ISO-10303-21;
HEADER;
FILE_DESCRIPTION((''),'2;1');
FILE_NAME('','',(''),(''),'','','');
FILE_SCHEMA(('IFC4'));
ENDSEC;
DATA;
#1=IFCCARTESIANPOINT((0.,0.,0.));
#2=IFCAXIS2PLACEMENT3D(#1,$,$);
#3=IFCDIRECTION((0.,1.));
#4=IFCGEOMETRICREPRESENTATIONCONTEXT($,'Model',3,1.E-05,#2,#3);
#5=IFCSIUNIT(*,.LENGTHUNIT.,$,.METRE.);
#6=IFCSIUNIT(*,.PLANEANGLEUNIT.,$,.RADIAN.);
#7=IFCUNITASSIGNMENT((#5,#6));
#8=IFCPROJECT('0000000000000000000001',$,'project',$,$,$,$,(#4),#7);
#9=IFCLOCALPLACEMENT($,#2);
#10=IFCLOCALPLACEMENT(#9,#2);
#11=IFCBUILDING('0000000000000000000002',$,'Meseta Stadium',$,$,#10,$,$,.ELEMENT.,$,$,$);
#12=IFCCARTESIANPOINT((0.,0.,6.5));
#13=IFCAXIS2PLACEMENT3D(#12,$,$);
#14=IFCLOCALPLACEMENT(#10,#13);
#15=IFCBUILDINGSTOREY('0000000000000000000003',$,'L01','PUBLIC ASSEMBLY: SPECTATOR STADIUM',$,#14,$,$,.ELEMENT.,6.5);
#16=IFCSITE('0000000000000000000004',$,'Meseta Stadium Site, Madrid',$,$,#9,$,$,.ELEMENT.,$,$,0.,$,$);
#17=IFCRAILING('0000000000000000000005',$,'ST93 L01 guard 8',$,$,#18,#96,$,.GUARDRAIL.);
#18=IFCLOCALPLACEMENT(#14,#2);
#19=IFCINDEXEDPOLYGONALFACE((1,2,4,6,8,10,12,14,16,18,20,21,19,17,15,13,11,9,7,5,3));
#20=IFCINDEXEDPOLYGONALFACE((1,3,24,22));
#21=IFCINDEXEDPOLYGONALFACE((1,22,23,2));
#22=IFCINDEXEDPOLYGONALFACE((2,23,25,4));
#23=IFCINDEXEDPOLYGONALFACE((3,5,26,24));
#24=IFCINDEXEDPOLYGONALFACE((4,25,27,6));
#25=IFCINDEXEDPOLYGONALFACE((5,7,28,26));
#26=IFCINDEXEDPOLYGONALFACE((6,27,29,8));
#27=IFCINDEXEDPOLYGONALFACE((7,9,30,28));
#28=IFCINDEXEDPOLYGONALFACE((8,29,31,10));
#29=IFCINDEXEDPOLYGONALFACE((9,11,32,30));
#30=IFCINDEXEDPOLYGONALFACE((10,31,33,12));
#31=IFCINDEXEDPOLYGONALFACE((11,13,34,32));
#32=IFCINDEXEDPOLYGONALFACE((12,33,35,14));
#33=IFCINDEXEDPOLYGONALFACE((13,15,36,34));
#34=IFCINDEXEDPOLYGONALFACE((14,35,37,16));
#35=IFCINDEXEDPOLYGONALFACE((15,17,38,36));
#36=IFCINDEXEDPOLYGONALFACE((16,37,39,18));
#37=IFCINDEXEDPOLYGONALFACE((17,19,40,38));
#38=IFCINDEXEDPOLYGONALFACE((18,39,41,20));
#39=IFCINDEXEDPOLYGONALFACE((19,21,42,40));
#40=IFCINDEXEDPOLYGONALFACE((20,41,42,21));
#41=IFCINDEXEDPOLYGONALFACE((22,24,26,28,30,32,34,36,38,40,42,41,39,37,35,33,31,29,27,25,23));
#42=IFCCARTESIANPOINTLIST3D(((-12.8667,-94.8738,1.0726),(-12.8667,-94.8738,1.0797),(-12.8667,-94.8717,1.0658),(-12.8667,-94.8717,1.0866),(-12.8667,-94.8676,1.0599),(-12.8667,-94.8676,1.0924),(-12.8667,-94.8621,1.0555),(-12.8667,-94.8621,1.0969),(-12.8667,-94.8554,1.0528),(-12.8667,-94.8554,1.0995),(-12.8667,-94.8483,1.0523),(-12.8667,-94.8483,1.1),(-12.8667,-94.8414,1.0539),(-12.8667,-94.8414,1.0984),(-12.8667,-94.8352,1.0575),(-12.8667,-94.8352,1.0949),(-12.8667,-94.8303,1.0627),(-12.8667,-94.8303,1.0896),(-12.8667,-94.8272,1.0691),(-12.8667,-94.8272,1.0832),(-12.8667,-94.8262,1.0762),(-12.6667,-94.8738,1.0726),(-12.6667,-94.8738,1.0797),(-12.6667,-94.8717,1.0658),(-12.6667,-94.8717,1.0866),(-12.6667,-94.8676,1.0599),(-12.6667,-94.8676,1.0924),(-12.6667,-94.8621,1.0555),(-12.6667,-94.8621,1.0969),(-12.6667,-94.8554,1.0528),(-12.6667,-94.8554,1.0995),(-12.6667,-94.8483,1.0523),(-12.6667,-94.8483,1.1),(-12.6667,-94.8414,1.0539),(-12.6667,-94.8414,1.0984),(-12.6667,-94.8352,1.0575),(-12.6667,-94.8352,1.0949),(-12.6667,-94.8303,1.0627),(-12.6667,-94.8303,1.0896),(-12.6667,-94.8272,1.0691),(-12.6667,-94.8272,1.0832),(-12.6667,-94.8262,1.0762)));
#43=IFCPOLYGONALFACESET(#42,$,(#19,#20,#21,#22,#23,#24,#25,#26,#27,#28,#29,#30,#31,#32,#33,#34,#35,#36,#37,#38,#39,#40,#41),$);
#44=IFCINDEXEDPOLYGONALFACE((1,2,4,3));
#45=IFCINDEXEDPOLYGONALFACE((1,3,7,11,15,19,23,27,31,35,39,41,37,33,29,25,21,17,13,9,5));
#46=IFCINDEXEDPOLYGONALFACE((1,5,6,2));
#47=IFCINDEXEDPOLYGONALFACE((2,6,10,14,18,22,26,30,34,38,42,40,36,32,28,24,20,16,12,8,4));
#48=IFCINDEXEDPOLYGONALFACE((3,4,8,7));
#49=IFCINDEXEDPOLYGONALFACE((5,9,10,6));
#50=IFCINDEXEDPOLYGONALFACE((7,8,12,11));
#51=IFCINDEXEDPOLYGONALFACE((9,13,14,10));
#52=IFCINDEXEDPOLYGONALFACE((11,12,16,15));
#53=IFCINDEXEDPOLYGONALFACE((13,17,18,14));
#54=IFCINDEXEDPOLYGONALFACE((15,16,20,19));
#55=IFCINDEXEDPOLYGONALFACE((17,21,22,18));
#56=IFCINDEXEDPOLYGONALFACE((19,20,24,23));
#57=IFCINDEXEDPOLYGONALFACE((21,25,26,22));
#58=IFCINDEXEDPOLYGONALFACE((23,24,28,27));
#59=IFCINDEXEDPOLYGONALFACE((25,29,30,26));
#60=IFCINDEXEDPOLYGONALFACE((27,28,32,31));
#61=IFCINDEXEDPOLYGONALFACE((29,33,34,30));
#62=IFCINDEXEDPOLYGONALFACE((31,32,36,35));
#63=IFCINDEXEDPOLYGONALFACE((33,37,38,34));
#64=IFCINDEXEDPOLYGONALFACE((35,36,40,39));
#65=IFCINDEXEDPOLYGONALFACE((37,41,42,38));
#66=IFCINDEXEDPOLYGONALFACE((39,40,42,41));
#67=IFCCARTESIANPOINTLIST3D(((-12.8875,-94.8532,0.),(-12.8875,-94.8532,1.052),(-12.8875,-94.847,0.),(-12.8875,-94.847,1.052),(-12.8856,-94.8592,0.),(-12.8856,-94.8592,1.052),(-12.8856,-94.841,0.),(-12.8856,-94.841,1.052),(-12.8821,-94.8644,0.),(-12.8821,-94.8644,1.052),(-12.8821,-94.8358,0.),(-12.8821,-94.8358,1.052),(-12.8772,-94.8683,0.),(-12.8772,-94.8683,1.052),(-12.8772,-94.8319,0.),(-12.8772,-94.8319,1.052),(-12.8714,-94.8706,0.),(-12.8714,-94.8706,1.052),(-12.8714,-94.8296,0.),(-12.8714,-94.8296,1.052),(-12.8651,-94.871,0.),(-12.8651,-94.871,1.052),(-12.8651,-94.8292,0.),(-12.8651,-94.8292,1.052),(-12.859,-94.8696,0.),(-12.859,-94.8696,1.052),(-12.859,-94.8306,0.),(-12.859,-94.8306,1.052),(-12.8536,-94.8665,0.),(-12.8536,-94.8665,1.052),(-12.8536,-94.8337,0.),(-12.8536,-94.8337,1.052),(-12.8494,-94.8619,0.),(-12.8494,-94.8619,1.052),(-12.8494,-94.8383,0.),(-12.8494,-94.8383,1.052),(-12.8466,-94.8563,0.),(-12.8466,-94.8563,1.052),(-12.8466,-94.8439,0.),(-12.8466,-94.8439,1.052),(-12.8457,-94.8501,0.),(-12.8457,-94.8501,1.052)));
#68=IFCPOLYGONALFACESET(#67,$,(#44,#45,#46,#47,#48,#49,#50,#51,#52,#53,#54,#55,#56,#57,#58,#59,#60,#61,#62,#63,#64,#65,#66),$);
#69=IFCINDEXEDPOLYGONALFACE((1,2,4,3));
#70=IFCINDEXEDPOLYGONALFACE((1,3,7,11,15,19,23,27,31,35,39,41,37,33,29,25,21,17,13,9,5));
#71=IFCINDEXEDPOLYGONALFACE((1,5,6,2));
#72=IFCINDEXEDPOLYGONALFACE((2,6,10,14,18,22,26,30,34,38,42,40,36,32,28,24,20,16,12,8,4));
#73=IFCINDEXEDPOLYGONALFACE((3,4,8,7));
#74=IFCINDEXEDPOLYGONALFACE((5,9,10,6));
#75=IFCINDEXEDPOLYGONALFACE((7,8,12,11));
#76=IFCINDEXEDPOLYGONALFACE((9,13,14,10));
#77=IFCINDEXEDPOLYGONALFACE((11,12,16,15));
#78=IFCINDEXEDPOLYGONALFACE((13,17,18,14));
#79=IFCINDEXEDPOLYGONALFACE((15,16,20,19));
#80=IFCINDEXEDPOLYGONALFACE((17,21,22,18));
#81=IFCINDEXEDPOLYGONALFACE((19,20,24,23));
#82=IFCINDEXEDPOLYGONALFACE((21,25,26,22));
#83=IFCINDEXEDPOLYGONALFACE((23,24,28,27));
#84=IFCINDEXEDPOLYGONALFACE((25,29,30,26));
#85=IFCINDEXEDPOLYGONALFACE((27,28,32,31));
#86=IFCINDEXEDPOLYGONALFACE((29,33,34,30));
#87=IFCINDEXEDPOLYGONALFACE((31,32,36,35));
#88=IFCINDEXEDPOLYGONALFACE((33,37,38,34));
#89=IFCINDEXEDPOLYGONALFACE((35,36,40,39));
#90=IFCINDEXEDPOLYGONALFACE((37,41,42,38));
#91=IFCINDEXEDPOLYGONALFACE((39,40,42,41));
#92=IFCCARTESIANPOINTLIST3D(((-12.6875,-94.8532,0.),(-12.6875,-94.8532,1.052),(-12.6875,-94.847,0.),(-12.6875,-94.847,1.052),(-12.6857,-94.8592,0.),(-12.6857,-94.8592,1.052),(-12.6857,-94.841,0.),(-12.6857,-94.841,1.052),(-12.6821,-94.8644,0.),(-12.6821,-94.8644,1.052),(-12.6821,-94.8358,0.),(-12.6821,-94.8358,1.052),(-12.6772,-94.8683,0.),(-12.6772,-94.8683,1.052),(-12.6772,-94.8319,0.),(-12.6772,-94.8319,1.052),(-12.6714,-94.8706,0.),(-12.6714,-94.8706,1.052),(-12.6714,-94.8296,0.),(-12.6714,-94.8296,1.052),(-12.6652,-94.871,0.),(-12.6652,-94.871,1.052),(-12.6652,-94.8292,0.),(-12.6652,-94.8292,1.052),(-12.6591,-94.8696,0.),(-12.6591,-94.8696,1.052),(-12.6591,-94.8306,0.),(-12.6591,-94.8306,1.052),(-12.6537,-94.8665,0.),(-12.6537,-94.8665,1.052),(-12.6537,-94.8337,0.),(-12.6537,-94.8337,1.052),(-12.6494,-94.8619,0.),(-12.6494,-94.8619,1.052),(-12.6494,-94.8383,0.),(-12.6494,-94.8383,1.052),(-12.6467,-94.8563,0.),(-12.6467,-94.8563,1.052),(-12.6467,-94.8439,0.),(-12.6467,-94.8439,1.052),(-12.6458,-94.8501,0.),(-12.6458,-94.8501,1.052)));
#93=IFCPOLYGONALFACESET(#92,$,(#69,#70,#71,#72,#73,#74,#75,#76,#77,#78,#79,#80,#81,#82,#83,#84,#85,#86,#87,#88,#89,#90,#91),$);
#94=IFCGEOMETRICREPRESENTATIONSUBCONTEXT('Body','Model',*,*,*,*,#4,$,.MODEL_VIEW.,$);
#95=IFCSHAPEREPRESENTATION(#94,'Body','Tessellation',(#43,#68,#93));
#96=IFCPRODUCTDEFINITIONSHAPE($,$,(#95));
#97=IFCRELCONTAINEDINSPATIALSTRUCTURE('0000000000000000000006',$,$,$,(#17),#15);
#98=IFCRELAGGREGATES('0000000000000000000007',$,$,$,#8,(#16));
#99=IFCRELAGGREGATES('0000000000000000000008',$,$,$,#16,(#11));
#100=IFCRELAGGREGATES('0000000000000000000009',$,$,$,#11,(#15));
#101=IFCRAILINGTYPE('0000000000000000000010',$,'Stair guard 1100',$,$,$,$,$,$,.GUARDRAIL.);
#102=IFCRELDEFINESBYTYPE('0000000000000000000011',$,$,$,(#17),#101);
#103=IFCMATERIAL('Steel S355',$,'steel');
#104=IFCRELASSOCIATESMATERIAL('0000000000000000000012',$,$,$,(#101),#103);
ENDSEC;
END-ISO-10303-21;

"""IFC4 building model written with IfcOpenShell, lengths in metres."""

from ifc_helpers import new_model, si_unit, direction, frame, origin, origin_2d, place, context, subcontext, project, spatial, circle, extrude, material, type_object, element, save


model = new_model("IFC4")

# Units and contexts
model_context = context("Model", 3, precision=1e-05, world=origin(), true_north=direction((0.0, 1.0)))
body_context = subcontext(model_context, "Body", "Model", "MODEL_VIEW")
ifc_project = project(units=[si_unit("LENGTHUNIT", "METRE"), si_unit("PLANEANGLEUNIT", "RADIAN")], contexts=[model_context])

# Site, building, storey
site_placement = place(None, origin())
site = spatial("IfcSite", under=ifc_project, at=site_placement, Name="Meseta Stadium Site, Madrid", CompositionType="ELEMENT", RefElevation=0.0)
building_placement = place(site_placement, origin())
building = spatial("IfcBuilding", under=site, at=building_placement, Name="Meseta Stadium", CompositionType="ELEMENT")
storey_placement = place(building_placement, frame((0.0, 0.0, 6.5)))
storey = spatial("IfcBuildingStorey", under=building, at=storey_placement, Name="L01", Description="PUBLIC ASSEMBLY: SPECTATOR STADIUM", CompositionType="ELEMENT", Elevation=6.5)

# Railing
ifc_material_1 = material(Name="Steel S355", Category="steel")
railing_type = type_object("IfcRailingType", Name="Stair guard 1100", PredefinedType="GUARDRAIL", material=ifc_material_1)
for number, where, name in (
    (1, (-12.8667, -94.8501, 0.0), "ST93 L01 guard 8"),
):
    element("IfcRailing", number, at=place(storey_placement, frame(where)), inside=storey, type_object=railing_type, Name=name, PredefinedType="GUARDRAIL", context=body_context, shape_type="SweptSolid", body=[
        extrude(circle(Radius=0.0239, at=origin_2d()), frame((0.0, 0.0, 1.0762), z_axis=(1.0, 0.0, 0.0), x_axis=(0.0, 1.0, 0.0)), (0.0, 0.0, 1.0), 0.2),
        extrude(circle(Radius=0.021, at=origin_2d()), origin(), (0.0, 0.0, 1.0), 1.052),
        extrude(circle(Radius=0.021, at=origin_2d()), frame((0.2, 0.0, 0.0)), (0.0, 0.0, 1.0), 1.052),
    ])

save(model, "model.ifc")
